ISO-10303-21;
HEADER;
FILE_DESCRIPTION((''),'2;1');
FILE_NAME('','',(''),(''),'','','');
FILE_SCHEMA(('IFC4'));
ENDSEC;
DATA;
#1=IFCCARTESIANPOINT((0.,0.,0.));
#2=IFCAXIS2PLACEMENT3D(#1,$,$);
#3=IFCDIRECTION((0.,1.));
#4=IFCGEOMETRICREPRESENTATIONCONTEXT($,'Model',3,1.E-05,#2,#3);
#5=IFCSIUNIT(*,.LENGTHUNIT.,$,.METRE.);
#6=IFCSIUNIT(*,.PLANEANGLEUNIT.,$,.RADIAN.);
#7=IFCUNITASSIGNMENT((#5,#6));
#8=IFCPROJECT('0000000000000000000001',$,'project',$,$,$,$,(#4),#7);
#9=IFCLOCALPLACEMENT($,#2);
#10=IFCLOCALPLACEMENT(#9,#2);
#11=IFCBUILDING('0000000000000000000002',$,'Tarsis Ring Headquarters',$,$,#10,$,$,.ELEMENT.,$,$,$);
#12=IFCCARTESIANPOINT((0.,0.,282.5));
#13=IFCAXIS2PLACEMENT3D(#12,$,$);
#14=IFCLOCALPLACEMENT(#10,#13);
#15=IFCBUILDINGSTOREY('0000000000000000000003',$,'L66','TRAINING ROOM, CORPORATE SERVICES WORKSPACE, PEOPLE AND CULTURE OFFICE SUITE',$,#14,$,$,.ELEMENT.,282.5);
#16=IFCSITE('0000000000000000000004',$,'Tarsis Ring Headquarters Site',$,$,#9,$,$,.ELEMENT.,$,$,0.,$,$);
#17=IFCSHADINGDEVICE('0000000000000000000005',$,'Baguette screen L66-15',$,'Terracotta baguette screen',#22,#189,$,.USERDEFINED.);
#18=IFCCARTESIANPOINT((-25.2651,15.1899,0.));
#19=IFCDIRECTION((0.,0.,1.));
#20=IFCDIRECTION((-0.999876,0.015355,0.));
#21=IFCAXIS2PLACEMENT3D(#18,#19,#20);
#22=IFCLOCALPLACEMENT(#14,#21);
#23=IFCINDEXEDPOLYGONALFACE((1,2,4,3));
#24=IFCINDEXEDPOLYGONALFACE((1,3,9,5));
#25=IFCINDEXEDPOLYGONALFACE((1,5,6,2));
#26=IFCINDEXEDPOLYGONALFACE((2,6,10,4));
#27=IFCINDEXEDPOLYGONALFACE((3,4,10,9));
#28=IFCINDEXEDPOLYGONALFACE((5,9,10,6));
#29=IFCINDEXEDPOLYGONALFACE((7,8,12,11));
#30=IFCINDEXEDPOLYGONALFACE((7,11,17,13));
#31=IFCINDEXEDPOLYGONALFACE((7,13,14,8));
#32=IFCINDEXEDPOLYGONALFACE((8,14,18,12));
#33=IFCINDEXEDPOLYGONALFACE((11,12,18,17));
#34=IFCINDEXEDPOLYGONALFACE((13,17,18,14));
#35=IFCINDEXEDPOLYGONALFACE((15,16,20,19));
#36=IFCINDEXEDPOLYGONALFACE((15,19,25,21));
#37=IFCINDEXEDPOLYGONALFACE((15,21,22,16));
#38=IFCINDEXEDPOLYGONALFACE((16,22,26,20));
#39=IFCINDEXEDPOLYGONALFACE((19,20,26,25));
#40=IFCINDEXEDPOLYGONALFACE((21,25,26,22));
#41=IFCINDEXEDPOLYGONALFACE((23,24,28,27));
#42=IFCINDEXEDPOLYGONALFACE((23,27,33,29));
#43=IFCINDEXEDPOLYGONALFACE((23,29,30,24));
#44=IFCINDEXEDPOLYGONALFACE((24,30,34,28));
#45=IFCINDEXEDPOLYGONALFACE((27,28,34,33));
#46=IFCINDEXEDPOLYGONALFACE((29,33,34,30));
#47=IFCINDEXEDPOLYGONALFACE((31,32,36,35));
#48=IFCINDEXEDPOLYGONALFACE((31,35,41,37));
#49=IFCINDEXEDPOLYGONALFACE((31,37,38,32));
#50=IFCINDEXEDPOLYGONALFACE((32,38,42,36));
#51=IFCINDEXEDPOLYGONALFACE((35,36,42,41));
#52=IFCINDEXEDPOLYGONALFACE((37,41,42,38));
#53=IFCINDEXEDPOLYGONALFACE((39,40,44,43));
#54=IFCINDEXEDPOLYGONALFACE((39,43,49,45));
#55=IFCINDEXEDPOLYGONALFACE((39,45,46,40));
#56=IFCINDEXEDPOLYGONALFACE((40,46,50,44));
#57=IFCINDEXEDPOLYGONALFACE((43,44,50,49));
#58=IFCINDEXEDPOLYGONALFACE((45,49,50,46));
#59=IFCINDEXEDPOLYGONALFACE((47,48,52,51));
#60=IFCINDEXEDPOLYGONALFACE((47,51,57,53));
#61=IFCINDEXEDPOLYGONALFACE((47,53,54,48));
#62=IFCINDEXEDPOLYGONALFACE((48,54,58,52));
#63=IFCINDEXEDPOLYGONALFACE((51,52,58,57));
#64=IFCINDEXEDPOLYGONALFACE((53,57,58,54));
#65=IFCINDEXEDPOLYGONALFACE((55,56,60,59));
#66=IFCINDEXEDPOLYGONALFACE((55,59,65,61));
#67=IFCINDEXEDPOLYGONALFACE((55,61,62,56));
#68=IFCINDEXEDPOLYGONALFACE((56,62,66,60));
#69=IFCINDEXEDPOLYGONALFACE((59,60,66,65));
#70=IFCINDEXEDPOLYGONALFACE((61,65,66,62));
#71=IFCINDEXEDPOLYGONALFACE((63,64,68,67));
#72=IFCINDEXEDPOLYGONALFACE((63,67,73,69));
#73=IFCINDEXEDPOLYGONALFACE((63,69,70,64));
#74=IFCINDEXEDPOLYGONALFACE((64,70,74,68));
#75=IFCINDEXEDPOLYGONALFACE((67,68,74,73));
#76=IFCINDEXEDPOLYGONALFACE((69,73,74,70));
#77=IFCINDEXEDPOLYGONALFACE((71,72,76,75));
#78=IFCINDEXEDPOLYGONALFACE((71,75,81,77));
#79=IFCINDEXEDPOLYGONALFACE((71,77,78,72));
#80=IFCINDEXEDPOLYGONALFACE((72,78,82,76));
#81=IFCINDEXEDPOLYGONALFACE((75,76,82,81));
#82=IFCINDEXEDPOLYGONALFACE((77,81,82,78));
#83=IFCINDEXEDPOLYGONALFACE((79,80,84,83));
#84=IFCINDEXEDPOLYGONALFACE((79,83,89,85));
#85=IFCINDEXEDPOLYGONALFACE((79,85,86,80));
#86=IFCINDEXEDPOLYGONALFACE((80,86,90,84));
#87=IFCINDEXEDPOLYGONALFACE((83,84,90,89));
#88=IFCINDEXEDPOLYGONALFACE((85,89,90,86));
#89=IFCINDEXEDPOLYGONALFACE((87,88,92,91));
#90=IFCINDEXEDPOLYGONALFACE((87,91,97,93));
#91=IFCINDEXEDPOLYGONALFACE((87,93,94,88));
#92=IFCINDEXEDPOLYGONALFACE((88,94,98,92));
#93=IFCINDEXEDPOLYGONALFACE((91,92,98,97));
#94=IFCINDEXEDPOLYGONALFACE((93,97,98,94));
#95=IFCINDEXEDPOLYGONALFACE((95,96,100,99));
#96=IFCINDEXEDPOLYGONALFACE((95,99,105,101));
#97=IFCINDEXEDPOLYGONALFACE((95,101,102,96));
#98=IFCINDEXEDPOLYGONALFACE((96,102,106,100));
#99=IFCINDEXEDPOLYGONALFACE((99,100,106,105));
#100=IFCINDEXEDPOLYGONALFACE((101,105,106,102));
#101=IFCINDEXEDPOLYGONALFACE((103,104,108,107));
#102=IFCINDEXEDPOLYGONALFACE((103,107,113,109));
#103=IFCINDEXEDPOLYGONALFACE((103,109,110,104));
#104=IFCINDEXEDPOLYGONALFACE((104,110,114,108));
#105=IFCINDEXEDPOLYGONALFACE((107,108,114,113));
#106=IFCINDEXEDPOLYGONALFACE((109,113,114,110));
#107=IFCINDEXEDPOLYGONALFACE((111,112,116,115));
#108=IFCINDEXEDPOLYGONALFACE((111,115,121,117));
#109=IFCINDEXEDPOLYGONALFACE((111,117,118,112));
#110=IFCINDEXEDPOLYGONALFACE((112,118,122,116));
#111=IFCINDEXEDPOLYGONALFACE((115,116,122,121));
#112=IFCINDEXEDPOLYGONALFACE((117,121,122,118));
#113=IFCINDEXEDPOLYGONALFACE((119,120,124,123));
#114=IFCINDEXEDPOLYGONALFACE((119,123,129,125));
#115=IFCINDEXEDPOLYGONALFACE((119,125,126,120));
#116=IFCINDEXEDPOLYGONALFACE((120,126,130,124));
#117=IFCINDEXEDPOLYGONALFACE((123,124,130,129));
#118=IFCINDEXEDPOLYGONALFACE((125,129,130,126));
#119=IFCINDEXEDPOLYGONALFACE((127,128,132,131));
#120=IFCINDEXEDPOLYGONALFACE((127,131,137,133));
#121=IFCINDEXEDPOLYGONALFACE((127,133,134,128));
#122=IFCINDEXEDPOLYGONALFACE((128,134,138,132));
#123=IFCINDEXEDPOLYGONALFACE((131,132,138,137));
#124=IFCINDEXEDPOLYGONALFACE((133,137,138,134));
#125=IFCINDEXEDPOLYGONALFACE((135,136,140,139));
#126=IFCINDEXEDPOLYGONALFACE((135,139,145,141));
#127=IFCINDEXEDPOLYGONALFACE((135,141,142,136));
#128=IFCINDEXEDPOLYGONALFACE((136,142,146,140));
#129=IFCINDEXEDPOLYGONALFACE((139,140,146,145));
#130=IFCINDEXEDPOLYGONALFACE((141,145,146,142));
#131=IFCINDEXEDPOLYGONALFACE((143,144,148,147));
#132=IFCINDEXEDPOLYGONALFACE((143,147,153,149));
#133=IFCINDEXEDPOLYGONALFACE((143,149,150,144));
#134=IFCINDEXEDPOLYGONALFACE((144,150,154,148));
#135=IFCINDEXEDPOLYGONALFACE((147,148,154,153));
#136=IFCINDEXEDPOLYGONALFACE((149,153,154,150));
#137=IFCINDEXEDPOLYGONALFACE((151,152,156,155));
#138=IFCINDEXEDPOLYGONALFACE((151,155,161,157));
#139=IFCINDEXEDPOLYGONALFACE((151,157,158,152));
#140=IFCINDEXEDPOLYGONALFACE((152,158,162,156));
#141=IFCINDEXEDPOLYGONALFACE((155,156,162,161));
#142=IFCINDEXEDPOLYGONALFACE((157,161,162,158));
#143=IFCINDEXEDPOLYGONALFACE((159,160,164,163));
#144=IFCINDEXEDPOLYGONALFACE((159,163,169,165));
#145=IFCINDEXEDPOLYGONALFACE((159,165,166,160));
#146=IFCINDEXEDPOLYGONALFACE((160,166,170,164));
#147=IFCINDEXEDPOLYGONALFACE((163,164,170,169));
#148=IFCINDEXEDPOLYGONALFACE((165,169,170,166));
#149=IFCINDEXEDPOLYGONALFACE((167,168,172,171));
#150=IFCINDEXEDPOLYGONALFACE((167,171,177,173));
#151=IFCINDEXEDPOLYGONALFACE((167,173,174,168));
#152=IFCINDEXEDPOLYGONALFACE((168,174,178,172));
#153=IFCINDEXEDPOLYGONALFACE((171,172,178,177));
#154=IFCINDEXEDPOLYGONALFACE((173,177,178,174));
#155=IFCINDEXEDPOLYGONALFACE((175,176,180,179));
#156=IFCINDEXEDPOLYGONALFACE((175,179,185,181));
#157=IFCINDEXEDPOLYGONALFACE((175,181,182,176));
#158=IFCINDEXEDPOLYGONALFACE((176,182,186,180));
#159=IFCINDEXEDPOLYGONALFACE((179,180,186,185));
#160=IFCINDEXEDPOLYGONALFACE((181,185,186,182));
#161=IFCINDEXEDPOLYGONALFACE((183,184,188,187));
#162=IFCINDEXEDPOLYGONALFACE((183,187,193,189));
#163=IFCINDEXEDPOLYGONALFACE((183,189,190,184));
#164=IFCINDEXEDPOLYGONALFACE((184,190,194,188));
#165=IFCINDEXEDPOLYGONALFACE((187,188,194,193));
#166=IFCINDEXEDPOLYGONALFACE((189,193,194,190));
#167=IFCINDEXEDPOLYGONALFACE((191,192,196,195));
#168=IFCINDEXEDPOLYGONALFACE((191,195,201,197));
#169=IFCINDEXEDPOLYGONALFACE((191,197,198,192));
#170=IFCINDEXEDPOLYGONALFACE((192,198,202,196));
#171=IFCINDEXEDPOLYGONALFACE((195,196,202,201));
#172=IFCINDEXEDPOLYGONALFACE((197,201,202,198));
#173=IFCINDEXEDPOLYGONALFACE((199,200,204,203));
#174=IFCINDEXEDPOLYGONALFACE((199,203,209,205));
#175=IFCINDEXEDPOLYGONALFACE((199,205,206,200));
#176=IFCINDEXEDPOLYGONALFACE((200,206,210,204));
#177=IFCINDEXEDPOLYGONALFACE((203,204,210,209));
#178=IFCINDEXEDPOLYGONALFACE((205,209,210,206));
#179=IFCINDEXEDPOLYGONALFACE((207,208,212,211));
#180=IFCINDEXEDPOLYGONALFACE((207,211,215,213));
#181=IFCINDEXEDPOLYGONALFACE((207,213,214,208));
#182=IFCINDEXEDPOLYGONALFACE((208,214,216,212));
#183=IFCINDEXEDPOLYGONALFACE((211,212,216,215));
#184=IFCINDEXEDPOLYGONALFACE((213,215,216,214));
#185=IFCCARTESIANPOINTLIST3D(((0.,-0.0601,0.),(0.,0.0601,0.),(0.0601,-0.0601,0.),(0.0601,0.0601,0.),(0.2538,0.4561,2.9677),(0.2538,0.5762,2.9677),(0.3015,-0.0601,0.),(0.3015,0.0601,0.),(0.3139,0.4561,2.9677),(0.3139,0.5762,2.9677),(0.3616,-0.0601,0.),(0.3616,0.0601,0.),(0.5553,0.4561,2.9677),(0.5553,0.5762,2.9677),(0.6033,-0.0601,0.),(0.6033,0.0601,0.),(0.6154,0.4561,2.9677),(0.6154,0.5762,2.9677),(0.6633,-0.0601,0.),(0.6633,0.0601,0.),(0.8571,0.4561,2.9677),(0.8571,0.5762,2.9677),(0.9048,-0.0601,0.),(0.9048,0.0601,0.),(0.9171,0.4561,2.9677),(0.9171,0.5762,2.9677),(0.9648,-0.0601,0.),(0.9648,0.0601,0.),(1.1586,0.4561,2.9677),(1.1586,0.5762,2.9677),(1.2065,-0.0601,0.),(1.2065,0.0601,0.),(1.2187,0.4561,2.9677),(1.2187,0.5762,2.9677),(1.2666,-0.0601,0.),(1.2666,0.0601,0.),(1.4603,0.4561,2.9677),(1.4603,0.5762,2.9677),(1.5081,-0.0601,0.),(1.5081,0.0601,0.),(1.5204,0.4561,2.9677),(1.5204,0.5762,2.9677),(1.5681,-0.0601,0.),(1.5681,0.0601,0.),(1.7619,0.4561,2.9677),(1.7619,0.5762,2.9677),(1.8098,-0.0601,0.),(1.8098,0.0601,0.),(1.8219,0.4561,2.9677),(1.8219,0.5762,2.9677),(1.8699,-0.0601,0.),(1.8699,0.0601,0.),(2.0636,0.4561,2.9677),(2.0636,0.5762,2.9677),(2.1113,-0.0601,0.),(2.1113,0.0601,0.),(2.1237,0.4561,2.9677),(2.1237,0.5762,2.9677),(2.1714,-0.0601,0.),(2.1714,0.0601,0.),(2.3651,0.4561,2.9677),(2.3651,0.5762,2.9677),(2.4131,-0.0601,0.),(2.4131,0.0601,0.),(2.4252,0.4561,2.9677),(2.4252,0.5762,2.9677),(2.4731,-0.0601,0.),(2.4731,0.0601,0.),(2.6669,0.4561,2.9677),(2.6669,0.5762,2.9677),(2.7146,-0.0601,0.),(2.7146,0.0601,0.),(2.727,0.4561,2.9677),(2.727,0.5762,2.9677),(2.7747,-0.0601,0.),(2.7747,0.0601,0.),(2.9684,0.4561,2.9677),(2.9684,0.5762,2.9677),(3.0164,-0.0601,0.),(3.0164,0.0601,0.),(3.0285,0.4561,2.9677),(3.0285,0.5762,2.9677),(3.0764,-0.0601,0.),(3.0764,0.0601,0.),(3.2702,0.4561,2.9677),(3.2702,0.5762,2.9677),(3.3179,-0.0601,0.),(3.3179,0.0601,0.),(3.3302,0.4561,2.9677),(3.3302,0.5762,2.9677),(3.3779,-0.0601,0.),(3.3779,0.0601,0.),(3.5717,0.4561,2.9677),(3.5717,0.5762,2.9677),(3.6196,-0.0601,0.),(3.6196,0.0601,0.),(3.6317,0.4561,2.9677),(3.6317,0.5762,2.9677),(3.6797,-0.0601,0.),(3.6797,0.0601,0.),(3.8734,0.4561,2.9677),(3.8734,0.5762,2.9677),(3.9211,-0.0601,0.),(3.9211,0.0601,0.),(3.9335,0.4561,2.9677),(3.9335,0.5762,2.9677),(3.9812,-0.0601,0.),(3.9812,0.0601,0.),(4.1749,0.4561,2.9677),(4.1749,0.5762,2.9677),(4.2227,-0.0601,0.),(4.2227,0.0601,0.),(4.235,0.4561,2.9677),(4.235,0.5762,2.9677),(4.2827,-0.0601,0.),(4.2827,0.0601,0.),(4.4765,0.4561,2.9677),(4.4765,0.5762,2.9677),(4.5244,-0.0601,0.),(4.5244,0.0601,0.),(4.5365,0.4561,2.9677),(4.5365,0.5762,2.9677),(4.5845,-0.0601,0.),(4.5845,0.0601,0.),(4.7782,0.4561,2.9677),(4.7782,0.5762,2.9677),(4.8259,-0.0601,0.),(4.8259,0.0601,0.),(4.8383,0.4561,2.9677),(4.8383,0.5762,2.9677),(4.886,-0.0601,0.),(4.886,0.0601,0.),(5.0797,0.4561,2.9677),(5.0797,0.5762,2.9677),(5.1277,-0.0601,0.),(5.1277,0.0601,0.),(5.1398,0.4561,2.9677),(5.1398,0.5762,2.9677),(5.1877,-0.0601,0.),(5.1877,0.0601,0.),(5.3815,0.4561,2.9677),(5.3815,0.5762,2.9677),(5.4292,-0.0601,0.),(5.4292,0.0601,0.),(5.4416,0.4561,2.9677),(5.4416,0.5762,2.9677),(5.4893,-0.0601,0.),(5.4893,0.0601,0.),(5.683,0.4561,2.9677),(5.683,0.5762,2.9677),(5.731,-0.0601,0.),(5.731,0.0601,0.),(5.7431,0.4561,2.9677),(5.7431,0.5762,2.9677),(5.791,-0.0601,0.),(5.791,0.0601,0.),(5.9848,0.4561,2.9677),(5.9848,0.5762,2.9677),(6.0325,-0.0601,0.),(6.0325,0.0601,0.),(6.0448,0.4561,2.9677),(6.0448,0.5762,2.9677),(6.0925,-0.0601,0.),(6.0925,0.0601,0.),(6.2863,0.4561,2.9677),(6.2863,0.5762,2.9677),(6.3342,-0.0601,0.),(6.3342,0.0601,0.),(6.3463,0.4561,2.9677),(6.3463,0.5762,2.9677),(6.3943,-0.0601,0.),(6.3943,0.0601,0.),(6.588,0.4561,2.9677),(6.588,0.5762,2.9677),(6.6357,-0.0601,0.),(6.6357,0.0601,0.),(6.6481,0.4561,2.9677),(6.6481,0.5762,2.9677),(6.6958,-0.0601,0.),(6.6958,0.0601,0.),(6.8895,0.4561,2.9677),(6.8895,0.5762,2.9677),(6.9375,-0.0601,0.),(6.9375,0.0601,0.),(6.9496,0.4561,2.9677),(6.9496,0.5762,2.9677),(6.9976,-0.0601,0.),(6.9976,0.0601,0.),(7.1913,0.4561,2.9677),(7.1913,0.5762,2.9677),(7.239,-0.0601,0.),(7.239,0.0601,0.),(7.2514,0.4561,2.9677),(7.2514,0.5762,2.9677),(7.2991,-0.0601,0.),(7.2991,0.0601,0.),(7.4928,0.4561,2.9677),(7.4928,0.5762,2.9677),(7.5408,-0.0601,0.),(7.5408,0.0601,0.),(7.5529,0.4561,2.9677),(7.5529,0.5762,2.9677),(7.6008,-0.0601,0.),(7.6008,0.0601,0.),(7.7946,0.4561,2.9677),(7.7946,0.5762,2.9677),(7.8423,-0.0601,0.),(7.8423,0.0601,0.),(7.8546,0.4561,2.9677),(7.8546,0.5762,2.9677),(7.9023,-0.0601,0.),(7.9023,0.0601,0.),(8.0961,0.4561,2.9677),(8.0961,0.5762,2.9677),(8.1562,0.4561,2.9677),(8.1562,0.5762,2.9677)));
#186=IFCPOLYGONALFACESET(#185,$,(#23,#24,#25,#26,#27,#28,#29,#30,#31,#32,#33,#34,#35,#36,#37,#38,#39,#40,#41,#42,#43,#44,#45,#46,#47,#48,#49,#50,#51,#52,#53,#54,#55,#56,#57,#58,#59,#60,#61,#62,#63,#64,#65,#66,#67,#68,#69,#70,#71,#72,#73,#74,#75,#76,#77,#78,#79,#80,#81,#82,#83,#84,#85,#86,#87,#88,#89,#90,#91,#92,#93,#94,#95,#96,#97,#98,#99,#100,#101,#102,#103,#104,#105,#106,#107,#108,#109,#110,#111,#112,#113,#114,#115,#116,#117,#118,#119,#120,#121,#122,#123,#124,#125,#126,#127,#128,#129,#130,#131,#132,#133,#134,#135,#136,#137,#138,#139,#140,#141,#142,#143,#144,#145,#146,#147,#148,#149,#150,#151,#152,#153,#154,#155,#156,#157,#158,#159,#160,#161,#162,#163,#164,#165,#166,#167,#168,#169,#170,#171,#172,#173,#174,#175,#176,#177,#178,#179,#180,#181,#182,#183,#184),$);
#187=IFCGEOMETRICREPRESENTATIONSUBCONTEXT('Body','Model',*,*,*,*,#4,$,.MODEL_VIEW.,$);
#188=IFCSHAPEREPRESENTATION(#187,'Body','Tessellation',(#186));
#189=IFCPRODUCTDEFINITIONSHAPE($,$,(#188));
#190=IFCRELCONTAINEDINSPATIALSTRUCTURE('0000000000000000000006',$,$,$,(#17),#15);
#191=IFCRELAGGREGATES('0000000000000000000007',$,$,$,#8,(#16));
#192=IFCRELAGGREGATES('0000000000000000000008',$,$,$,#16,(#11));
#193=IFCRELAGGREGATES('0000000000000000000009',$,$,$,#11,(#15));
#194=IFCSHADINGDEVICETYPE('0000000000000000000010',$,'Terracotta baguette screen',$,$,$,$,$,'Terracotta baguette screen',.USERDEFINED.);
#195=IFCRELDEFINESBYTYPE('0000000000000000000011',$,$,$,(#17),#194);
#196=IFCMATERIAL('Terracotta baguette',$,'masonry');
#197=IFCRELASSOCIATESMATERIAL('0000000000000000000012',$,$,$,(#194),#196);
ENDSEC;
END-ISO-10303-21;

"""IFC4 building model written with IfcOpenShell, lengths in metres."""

from ifc_helpers import new_model, si_unit, direction, frame, frame_2d, origin, place, context, subcontext, project, spatial, rectangle, composite_profile, extrude, material, type_object, element, save


model = new_model("IFC4")

# Units and contexts
model_context = context("Model", 3, precision=1e-05, world=origin(), true_north=direction((0.0, 1.0)))
body_context = subcontext(model_context, "Body", "Model", "MODEL_VIEW")
ifc_project = project(units=[si_unit("LENGTHUNIT", "METRE"), si_unit("PLANEANGLEUNIT", "RADIAN")], contexts=[model_context])

# Site, building, storey
site_placement = place(None, origin())
site = spatial("IfcSite", under=ifc_project, at=site_placement, Name="Tarsis Ring Headquarters Site", CompositionType="ELEMENT", RefElevation=0.0)
building_placement = place(site_placement, origin())
building = spatial("IfcBuilding", under=site, at=building_placement, Name="Tarsis Ring Headquarters", CompositionType="ELEMENT")
storey_placement = place(building_placement, frame((0.0, 0.0, 282.5)))
storey = spatial("IfcBuildingStorey", under=building, at=storey_placement, Name="L66", Description="TRAINING ROOM, CORPORATE SERVICES WORKSPACE, PEOPLE AND CULTURE OFFICE SUITE", CompositionType="ELEMENT", Elevation=282.5)

# Shading device
ifc_material_1 = material(Name="Terracotta baguette", Category="masonry")
shading_device_type = type_object("IfcShadingDeviceType", Name="Terracotta baguette screen", ElementType="Terracotta baguette screen", PredefinedType="USERDEFINED", material=ifc_material_1)
shading_device_1_placement = place(storey_placement, frame((-25.2651, 15.1899, 0.0), z_axis=(0.0, 0.0, 1.0), x_axis=(-0.999876, 0.015355, 0.0)))
element("IfcShadingDevice", 1, at=shading_device_1_placement, inside=storey, type_object=shading_device_type, Name="Baguette screen L66-15", ObjectType="Terracotta baguette screen", PredefinedType="USERDEFINED", context=body_context, shape_type="SweptSolid", body=[
    extrude(composite_profile([rectangle(XDim=0.0601, YDim=0.1201, at=frame_2d((0.03, 0.0))), rectangle(XDim=0.0601, YDim=0.1201, at=frame_2d((0.3315, 0.0))), rectangle(XDim=0.0601, YDim=0.1201, at=frame_2d((0.6333, 0.0))), rectangle(XDim=0.0601, YDim=0.1201, at=frame_2d((0.9348, 0.0))), rectangle(XDim=0.0601, YDim=0.1201, at=frame_2d((1.2366, 0.0))), rectangle(XDim=0.0601, YDim=0.1201, at=frame_2d((1.5381, 0.0))), rectangle(XDim=0.0601, YDim=0.1201, at=frame_2d((1.8398, 0.0))), rectangle(XDim=0.0601, YDim=0.1201, at=frame_2d((2.1414, 0.0))), rectangle(XDim=0.0601, YDim=0.1201, at=frame_2d((2.4431, 0.0))), rectangle(XDim=0.0601, YDim=0.1201, at=frame_2d((2.7446, 0.0))), rectangle(XDim=0.0601, YDim=0.1201, at=frame_2d((3.0464, 0.0))), rectangle(XDim=0.0601, YDim=0.1201, at=frame_2d((3.3479, 0.0))), rectangle(XDim=0.0601, YDim=0.1201, at=frame_2d((3.6497, 0.0))), rectangle(XDim=0.0601, YDim=0.1201, at=frame_2d((3.9512, 0.0))), rectangle(XDim=0.0601, YDim=0.1201, at=frame_2d((4.2527, 0.0))), rectangle(XDim=0.0601, YDim=0.1201, at=frame_2d((4.5544, 0.0))), rectangle(XDim=0.0601, YDim=0.1201, at=frame_2d((4.856, 0.0))), rectangle(XDim=0.0601, YDim=0.1201, at=frame_2d((5.1577, 0.0))), rectangle(XDim=0.0601, YDim=0.1201, at=frame_2d((5.4592, 0.0))), rectangle(XDim=0.0601, YDim=0.1201, at=frame_2d((5.761, 0.0))), rectangle(XDim=0.0601, YDim=0.1201, at=frame_2d((6.0625, 0.0))), rectangle(XDim=0.0601, YDim=0.1201, at=frame_2d((6.3643, 0.0))), rectangle(XDim=0.0601, YDim=0.1201, at=frame_2d((6.6658, 0.0))), rectangle(XDim=0.0601, YDim=0.1201, at=frame_2d((6.9675, 0.0))), rectangle(XDim=0.0601, YDim=0.1201, at=frame_2d((7.269, 0.0))), rectangle(XDim=0.0601, YDim=0.1201, at=frame_2d((7.5708, 0.0))), rectangle(XDim=0.0601, YDim=0.1201, at=frame_2d((7.8723, 0.0)))]), origin(), (0.08396, 0.170746, 0.981731), 3.0229),
])

save(model, "model.ifc")
